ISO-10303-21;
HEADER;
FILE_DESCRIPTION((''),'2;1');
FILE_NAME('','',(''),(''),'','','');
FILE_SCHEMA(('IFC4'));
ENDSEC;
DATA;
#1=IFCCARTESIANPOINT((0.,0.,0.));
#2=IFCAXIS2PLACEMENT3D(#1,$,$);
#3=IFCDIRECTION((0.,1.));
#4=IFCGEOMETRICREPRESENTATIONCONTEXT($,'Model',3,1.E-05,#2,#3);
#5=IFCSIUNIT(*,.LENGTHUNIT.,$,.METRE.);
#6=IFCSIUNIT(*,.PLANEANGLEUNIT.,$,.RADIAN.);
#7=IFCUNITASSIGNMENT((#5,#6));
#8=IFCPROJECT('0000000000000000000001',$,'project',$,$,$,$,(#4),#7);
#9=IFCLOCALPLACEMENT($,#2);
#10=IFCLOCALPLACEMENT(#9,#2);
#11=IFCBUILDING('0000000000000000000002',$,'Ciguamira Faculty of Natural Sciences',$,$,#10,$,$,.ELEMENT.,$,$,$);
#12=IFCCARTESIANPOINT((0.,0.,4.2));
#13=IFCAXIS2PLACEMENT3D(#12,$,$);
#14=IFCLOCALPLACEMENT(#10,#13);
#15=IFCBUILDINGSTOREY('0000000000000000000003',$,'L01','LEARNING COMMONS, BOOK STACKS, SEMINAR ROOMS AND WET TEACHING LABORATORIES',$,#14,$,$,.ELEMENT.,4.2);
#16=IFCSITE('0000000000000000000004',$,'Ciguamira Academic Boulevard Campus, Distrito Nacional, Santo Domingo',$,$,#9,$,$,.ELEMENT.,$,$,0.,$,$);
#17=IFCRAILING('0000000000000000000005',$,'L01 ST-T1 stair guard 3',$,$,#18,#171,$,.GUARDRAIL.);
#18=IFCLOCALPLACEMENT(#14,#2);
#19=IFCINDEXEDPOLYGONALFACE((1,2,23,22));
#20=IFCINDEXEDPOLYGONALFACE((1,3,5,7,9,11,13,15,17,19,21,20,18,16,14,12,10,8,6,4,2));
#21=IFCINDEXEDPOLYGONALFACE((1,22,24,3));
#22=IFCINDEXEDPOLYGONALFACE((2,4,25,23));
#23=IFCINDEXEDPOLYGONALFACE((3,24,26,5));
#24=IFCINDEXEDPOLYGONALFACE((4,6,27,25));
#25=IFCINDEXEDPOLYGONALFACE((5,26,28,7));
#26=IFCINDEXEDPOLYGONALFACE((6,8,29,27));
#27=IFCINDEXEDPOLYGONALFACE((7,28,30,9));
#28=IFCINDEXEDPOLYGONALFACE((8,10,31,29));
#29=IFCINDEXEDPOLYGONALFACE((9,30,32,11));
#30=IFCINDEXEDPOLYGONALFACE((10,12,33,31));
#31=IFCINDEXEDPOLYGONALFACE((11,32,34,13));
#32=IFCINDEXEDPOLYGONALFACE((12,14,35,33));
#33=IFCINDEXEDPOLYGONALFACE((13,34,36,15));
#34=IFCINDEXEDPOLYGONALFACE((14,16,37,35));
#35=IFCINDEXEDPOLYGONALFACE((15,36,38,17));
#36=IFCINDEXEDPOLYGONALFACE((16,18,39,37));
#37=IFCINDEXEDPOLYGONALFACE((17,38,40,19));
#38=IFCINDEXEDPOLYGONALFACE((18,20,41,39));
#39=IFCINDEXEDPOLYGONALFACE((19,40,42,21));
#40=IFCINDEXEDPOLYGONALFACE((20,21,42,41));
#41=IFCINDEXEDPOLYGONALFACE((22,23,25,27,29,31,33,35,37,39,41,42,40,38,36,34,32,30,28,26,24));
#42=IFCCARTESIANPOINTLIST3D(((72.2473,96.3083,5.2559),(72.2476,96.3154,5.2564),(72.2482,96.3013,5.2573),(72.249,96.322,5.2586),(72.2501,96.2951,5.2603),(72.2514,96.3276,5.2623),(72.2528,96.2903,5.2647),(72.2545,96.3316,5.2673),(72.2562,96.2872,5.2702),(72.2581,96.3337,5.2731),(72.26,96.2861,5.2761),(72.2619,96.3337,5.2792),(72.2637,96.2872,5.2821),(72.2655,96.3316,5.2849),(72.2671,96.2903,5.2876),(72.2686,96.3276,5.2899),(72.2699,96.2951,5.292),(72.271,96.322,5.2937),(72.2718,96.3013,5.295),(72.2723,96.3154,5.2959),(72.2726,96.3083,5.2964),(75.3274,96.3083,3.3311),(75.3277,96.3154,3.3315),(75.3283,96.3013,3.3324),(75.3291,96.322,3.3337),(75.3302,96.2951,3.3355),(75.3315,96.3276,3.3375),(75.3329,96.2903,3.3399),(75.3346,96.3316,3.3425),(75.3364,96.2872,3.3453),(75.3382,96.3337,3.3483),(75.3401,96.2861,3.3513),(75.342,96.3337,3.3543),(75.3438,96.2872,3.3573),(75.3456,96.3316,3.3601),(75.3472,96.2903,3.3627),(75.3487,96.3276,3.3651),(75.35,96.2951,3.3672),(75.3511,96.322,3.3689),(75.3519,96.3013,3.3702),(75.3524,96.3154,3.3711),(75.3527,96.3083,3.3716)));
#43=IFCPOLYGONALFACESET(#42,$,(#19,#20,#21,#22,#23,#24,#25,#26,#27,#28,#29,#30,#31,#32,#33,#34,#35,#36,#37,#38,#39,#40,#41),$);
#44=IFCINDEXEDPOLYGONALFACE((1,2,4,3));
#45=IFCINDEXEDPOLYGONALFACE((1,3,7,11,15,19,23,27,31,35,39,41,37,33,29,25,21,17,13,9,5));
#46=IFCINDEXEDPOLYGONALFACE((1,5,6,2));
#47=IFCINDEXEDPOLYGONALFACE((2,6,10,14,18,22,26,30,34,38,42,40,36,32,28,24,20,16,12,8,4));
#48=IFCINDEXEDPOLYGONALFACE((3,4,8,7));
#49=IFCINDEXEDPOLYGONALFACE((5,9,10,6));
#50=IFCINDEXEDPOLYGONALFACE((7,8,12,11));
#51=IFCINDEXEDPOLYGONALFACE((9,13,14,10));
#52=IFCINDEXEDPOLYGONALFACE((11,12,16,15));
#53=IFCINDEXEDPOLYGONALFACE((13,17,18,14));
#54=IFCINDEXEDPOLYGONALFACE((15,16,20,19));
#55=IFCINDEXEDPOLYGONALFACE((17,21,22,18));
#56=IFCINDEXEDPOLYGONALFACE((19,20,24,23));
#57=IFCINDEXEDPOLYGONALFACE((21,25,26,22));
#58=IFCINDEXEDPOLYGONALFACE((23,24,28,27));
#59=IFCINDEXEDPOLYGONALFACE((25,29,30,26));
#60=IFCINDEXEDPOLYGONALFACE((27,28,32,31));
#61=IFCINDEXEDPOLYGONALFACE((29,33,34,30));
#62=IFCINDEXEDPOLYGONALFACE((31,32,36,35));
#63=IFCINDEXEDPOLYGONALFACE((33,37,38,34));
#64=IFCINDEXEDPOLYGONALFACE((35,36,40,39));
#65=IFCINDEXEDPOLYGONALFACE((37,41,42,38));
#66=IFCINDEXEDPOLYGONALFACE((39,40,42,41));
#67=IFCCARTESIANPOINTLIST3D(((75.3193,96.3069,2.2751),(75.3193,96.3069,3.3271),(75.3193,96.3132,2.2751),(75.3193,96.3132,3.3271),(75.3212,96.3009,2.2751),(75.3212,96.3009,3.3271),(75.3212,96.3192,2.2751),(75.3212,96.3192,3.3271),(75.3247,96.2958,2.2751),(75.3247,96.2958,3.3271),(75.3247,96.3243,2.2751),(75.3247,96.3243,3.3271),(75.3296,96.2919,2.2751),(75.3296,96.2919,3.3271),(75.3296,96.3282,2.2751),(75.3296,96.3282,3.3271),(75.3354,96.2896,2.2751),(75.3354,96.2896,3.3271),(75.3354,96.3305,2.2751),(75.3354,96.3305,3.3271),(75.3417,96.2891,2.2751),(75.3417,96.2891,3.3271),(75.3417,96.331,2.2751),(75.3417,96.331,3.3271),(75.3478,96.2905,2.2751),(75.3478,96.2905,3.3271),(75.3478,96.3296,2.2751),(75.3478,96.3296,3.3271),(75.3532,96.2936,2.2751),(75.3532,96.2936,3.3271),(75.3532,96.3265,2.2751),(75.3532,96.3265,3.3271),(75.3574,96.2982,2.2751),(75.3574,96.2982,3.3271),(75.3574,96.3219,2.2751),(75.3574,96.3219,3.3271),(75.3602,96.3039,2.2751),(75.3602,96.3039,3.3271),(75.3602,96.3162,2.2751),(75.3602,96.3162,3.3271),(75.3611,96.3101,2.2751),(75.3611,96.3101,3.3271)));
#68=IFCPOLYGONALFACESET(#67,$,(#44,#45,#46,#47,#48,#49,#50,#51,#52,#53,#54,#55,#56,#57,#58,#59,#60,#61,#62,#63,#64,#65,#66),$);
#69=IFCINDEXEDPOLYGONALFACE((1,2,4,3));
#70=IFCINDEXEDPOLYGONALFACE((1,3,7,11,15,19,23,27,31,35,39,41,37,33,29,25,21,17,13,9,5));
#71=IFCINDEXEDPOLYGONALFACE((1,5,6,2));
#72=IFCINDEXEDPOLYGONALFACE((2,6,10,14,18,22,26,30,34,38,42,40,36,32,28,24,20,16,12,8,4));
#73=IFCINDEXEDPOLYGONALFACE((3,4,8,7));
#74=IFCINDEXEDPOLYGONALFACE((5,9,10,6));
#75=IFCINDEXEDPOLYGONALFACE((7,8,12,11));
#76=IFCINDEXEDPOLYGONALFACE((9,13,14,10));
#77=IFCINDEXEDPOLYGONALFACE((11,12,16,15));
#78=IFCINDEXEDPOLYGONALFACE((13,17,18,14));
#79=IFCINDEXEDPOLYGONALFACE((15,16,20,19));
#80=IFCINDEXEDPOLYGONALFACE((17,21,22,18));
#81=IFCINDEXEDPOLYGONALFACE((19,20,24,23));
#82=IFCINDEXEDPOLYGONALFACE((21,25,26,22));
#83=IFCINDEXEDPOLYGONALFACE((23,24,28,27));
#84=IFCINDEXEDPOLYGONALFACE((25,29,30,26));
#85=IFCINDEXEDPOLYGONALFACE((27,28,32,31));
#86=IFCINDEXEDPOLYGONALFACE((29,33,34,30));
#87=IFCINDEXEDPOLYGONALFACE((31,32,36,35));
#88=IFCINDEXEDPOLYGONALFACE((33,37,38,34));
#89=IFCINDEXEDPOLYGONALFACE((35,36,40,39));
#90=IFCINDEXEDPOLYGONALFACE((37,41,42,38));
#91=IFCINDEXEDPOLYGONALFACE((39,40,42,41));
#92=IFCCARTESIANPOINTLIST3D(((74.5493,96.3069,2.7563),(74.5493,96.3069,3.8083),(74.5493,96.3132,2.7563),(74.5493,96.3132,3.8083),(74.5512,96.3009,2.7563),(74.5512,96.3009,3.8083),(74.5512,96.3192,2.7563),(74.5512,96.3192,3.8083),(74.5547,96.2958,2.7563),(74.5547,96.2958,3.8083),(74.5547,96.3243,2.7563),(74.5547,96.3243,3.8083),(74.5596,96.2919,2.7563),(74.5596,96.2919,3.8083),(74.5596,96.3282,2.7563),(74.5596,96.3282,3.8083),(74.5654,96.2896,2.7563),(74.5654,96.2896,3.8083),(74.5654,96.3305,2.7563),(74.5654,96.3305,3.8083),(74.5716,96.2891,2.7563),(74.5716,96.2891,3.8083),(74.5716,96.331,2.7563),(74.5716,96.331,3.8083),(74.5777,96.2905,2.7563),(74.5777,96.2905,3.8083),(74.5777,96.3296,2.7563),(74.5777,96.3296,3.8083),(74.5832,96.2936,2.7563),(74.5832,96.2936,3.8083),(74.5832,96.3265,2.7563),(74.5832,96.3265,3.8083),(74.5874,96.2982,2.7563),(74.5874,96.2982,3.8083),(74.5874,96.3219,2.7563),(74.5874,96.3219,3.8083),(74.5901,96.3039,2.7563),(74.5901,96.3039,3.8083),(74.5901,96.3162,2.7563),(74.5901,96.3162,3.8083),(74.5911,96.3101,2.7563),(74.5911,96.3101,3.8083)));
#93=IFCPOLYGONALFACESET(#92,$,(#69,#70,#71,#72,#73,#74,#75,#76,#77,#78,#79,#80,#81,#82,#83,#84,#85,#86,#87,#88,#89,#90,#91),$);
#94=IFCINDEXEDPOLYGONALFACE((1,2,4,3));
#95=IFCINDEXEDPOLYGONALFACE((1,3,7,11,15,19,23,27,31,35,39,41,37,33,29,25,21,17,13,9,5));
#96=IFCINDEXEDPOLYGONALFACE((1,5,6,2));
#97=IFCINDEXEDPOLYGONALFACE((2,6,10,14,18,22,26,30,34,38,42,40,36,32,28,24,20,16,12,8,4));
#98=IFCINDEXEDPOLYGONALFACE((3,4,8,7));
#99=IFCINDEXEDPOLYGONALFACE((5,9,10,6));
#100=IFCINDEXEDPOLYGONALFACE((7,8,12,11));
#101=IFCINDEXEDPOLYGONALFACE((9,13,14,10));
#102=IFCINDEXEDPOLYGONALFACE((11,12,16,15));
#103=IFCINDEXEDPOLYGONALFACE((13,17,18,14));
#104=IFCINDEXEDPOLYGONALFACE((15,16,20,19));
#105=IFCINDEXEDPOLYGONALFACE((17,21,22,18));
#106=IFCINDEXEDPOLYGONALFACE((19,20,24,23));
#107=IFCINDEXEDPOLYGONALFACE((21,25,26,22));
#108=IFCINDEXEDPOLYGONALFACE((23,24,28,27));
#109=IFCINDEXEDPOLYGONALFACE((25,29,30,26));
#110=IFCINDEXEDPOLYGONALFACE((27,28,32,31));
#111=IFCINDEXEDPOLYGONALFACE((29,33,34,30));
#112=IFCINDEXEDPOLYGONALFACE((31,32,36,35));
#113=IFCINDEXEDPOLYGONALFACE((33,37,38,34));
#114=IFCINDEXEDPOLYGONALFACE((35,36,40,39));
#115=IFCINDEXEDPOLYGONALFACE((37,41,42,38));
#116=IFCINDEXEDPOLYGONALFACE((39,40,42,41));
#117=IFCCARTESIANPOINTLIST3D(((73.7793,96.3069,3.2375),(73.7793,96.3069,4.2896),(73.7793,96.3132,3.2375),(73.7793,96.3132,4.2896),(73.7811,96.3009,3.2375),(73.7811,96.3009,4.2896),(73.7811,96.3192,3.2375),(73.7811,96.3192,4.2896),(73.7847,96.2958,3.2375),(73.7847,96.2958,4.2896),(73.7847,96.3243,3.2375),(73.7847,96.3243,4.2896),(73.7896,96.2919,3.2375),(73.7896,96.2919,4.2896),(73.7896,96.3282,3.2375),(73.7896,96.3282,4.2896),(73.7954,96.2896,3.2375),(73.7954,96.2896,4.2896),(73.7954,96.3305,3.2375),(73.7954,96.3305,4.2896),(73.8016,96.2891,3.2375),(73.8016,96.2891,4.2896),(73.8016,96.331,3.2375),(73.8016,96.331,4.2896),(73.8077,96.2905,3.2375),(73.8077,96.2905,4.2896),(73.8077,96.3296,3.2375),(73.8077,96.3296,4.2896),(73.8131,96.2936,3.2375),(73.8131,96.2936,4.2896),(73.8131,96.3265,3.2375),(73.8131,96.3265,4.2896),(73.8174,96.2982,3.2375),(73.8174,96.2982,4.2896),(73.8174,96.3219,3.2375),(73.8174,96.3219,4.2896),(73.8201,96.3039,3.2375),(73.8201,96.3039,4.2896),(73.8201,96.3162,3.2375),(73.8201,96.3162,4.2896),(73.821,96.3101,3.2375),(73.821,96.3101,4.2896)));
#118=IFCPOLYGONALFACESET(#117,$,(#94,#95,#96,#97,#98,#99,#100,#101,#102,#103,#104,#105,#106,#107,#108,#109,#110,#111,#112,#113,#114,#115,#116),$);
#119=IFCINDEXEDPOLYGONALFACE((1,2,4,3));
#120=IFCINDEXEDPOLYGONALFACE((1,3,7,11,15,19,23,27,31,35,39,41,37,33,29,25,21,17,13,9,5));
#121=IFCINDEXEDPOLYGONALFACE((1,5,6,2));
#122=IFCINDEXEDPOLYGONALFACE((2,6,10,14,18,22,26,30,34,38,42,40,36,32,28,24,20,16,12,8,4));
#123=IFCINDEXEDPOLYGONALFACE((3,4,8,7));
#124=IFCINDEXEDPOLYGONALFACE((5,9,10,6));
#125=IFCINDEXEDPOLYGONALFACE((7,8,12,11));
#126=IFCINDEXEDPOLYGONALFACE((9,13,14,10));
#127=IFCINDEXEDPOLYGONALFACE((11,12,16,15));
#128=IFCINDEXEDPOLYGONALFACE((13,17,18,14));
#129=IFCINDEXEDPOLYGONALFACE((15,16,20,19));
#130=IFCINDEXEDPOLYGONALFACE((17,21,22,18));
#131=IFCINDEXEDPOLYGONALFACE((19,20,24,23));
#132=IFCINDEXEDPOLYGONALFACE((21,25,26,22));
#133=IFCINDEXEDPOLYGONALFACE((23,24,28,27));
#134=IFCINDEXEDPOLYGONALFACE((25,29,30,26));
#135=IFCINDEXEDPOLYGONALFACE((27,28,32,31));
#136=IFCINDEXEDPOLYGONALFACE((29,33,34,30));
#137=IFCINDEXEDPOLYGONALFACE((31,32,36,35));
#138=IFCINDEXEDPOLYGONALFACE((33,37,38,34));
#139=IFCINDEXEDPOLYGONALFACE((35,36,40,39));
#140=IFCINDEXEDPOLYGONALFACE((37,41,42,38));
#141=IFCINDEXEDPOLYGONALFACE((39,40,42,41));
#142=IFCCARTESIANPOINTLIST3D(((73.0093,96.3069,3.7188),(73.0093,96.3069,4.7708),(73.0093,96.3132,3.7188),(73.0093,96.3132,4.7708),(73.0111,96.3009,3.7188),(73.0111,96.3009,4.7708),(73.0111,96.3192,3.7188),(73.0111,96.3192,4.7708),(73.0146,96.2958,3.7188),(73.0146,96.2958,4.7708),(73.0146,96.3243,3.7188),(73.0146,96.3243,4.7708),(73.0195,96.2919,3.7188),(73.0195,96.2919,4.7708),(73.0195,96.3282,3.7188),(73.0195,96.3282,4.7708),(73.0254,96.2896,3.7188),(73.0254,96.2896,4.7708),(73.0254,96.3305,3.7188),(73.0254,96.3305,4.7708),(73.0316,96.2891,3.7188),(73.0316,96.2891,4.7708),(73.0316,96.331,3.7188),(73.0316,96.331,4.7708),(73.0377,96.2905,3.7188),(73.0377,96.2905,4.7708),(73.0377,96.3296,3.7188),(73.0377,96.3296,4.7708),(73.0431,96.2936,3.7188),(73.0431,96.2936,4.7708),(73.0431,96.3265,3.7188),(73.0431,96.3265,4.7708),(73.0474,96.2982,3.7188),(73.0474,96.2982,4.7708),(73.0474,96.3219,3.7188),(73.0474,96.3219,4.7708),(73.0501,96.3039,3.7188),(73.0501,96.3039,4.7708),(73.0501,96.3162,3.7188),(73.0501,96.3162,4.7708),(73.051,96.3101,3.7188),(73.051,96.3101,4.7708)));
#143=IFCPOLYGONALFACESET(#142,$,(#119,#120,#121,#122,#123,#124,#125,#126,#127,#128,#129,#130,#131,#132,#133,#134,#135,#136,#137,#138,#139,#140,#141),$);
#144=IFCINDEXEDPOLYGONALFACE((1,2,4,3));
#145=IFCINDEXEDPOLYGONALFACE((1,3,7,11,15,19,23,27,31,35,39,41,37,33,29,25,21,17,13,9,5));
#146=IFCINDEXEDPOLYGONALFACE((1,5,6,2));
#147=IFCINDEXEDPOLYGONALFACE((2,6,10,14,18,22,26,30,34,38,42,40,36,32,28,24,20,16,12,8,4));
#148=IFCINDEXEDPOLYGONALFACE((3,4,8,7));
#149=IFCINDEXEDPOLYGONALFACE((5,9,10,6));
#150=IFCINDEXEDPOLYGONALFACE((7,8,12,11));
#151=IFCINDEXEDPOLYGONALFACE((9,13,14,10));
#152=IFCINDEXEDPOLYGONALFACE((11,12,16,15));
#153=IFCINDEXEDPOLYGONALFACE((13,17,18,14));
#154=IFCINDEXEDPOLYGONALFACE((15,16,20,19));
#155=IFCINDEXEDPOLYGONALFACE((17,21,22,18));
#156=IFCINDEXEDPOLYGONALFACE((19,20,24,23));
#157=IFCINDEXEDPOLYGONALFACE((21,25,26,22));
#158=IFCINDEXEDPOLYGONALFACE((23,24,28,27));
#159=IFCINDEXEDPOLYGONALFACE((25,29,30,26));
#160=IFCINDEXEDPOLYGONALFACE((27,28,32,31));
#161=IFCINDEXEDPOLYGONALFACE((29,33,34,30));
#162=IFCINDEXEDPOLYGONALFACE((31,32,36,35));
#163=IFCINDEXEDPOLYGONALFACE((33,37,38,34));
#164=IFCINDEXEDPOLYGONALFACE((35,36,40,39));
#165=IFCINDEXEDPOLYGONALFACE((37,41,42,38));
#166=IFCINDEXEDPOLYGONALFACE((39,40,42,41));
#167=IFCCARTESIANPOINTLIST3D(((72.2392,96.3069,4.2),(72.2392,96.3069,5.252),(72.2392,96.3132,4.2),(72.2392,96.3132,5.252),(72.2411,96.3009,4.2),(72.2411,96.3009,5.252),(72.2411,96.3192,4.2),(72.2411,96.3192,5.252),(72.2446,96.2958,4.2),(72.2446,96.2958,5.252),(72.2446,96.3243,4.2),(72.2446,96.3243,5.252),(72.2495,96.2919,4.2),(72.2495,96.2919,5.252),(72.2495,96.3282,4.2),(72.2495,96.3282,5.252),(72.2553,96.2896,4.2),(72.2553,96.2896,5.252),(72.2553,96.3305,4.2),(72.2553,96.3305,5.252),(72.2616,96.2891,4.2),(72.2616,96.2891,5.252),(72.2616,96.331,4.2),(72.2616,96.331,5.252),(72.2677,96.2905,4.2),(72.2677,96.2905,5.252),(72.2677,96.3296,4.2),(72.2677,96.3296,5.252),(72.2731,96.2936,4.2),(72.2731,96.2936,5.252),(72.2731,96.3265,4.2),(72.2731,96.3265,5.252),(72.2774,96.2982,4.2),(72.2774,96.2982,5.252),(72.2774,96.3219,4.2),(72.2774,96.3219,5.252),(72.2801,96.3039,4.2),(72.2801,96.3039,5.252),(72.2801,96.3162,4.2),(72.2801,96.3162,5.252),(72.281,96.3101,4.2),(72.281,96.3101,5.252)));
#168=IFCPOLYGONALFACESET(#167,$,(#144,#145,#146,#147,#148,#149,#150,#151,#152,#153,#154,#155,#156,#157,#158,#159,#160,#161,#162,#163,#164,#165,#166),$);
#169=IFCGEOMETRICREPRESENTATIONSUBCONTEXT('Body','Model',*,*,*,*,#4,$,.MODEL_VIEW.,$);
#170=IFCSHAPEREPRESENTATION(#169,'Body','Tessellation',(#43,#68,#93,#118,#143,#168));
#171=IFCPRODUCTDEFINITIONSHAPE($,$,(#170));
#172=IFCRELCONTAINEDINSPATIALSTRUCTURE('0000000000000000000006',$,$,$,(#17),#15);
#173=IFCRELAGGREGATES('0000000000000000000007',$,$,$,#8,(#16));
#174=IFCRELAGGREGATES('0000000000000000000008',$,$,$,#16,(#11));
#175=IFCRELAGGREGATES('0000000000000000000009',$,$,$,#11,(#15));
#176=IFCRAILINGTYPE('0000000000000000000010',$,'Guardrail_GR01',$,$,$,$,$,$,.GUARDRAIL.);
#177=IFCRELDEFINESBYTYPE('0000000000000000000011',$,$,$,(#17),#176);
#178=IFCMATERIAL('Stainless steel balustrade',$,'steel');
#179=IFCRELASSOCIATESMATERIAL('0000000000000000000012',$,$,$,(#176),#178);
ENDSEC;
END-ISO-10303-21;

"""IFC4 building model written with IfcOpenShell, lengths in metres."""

from ifc_helpers import new_model, si_unit, direction, frame, origin, origin_2d, place, context, subcontext, project, spatial, circle, extrude, material, type_object, element, save


model = new_model("IFC4")

# Units and contexts
model_context = context("Model", 3, precision=1e-05, world=origin(), true_north=direction((0.0, 1.0)))
body_context = subcontext(model_context, "Body", "Model", "MODEL_VIEW")
ifc_project = project(units=[si_unit("LENGTHUNIT", "METRE"), si_unit("PLANEANGLEUNIT", "RADIAN")], contexts=[model_context])

# Site, building, storey
site_placement = place(None, origin())
site = spatial("IfcSite", under=ifc_project, at=site_placement, Name="Ciguamira Academic Boulevard Campus, Distrito Nacional, Santo Domingo", CompositionType="ELEMENT", RefElevation=0.0)
building_placement = place(site_placement, origin())
building = spatial("IfcBuilding", under=site, at=building_placement, Name="Ciguamira Faculty of Natural Sciences", CompositionType="ELEMENT")
storey_placement = place(building_placement, frame((0.0, 0.0, 4.2)))
storey = spatial("IfcBuildingStorey", under=building, at=storey_placement, Name="L01", Description="LEARNING COMMONS, BOOK STACKS, SEMINAR ROOMS AND WET TEACHING LABORATORIES", CompositionType="ELEMENT", Elevation=4.2)

# Railing
ifc_material_1 = material(Name="Stainless steel balustrade", Category="steel")
railing_type_1 = type_object("IfcRailingType", Name="Guardrail_GR01", PredefinedType="GUARDRAIL", material=ifc_material_1)
railing_1_placement = place(storey_placement, frame((75.3401, 96.3101, 2.2751)))
element("IfcRailing", 1, at=railing_1_placement, inside=storey, type_object=railing_type_1, Name="L01 ST-T1 stair guard 3", PredefinedType="GUARDRAIL", context=body_context, shape_type="SweptSolid", body=[
    extrude(circle(Radius=0.0239, at=origin_2d()), frame((0.0, 0.0, 1.0762), z_axis=(-0.848029, 0.0, 0.529951), x_axis=(0.0, -1.0, 0.0)), (0.0, 0.0, 1.0), 3.6321),
    extrude(circle(Radius=0.021, at=origin_2d()), origin(), (0.0, 0.0, 1.0), 1.052),
    extrude(circle(Radius=0.021, at=origin_2d()), frame((-0.77, 0.0, 0.4812)), (0.0, 0.0, 1.0), 1.052),
    extrude(circle(Radius=0.021, at=origin_2d()), frame((-1.54, 0.0, 0.9624)), (0.0, 0.0, 1.0), 1.052),
    extrude(circle(Radius=0.021, at=origin_2d()), frame((-2.3101, 0.0, 1.4436)), (0.0, 0.0, 1.0), 1.052),
    extrude(circle(Radius=0.021, at=origin_2d()), frame((-3.0801, 0.0, 1.9248)), (0.0, 0.0, 1.0), 1.052),
])

save(model, "model.ifc")
